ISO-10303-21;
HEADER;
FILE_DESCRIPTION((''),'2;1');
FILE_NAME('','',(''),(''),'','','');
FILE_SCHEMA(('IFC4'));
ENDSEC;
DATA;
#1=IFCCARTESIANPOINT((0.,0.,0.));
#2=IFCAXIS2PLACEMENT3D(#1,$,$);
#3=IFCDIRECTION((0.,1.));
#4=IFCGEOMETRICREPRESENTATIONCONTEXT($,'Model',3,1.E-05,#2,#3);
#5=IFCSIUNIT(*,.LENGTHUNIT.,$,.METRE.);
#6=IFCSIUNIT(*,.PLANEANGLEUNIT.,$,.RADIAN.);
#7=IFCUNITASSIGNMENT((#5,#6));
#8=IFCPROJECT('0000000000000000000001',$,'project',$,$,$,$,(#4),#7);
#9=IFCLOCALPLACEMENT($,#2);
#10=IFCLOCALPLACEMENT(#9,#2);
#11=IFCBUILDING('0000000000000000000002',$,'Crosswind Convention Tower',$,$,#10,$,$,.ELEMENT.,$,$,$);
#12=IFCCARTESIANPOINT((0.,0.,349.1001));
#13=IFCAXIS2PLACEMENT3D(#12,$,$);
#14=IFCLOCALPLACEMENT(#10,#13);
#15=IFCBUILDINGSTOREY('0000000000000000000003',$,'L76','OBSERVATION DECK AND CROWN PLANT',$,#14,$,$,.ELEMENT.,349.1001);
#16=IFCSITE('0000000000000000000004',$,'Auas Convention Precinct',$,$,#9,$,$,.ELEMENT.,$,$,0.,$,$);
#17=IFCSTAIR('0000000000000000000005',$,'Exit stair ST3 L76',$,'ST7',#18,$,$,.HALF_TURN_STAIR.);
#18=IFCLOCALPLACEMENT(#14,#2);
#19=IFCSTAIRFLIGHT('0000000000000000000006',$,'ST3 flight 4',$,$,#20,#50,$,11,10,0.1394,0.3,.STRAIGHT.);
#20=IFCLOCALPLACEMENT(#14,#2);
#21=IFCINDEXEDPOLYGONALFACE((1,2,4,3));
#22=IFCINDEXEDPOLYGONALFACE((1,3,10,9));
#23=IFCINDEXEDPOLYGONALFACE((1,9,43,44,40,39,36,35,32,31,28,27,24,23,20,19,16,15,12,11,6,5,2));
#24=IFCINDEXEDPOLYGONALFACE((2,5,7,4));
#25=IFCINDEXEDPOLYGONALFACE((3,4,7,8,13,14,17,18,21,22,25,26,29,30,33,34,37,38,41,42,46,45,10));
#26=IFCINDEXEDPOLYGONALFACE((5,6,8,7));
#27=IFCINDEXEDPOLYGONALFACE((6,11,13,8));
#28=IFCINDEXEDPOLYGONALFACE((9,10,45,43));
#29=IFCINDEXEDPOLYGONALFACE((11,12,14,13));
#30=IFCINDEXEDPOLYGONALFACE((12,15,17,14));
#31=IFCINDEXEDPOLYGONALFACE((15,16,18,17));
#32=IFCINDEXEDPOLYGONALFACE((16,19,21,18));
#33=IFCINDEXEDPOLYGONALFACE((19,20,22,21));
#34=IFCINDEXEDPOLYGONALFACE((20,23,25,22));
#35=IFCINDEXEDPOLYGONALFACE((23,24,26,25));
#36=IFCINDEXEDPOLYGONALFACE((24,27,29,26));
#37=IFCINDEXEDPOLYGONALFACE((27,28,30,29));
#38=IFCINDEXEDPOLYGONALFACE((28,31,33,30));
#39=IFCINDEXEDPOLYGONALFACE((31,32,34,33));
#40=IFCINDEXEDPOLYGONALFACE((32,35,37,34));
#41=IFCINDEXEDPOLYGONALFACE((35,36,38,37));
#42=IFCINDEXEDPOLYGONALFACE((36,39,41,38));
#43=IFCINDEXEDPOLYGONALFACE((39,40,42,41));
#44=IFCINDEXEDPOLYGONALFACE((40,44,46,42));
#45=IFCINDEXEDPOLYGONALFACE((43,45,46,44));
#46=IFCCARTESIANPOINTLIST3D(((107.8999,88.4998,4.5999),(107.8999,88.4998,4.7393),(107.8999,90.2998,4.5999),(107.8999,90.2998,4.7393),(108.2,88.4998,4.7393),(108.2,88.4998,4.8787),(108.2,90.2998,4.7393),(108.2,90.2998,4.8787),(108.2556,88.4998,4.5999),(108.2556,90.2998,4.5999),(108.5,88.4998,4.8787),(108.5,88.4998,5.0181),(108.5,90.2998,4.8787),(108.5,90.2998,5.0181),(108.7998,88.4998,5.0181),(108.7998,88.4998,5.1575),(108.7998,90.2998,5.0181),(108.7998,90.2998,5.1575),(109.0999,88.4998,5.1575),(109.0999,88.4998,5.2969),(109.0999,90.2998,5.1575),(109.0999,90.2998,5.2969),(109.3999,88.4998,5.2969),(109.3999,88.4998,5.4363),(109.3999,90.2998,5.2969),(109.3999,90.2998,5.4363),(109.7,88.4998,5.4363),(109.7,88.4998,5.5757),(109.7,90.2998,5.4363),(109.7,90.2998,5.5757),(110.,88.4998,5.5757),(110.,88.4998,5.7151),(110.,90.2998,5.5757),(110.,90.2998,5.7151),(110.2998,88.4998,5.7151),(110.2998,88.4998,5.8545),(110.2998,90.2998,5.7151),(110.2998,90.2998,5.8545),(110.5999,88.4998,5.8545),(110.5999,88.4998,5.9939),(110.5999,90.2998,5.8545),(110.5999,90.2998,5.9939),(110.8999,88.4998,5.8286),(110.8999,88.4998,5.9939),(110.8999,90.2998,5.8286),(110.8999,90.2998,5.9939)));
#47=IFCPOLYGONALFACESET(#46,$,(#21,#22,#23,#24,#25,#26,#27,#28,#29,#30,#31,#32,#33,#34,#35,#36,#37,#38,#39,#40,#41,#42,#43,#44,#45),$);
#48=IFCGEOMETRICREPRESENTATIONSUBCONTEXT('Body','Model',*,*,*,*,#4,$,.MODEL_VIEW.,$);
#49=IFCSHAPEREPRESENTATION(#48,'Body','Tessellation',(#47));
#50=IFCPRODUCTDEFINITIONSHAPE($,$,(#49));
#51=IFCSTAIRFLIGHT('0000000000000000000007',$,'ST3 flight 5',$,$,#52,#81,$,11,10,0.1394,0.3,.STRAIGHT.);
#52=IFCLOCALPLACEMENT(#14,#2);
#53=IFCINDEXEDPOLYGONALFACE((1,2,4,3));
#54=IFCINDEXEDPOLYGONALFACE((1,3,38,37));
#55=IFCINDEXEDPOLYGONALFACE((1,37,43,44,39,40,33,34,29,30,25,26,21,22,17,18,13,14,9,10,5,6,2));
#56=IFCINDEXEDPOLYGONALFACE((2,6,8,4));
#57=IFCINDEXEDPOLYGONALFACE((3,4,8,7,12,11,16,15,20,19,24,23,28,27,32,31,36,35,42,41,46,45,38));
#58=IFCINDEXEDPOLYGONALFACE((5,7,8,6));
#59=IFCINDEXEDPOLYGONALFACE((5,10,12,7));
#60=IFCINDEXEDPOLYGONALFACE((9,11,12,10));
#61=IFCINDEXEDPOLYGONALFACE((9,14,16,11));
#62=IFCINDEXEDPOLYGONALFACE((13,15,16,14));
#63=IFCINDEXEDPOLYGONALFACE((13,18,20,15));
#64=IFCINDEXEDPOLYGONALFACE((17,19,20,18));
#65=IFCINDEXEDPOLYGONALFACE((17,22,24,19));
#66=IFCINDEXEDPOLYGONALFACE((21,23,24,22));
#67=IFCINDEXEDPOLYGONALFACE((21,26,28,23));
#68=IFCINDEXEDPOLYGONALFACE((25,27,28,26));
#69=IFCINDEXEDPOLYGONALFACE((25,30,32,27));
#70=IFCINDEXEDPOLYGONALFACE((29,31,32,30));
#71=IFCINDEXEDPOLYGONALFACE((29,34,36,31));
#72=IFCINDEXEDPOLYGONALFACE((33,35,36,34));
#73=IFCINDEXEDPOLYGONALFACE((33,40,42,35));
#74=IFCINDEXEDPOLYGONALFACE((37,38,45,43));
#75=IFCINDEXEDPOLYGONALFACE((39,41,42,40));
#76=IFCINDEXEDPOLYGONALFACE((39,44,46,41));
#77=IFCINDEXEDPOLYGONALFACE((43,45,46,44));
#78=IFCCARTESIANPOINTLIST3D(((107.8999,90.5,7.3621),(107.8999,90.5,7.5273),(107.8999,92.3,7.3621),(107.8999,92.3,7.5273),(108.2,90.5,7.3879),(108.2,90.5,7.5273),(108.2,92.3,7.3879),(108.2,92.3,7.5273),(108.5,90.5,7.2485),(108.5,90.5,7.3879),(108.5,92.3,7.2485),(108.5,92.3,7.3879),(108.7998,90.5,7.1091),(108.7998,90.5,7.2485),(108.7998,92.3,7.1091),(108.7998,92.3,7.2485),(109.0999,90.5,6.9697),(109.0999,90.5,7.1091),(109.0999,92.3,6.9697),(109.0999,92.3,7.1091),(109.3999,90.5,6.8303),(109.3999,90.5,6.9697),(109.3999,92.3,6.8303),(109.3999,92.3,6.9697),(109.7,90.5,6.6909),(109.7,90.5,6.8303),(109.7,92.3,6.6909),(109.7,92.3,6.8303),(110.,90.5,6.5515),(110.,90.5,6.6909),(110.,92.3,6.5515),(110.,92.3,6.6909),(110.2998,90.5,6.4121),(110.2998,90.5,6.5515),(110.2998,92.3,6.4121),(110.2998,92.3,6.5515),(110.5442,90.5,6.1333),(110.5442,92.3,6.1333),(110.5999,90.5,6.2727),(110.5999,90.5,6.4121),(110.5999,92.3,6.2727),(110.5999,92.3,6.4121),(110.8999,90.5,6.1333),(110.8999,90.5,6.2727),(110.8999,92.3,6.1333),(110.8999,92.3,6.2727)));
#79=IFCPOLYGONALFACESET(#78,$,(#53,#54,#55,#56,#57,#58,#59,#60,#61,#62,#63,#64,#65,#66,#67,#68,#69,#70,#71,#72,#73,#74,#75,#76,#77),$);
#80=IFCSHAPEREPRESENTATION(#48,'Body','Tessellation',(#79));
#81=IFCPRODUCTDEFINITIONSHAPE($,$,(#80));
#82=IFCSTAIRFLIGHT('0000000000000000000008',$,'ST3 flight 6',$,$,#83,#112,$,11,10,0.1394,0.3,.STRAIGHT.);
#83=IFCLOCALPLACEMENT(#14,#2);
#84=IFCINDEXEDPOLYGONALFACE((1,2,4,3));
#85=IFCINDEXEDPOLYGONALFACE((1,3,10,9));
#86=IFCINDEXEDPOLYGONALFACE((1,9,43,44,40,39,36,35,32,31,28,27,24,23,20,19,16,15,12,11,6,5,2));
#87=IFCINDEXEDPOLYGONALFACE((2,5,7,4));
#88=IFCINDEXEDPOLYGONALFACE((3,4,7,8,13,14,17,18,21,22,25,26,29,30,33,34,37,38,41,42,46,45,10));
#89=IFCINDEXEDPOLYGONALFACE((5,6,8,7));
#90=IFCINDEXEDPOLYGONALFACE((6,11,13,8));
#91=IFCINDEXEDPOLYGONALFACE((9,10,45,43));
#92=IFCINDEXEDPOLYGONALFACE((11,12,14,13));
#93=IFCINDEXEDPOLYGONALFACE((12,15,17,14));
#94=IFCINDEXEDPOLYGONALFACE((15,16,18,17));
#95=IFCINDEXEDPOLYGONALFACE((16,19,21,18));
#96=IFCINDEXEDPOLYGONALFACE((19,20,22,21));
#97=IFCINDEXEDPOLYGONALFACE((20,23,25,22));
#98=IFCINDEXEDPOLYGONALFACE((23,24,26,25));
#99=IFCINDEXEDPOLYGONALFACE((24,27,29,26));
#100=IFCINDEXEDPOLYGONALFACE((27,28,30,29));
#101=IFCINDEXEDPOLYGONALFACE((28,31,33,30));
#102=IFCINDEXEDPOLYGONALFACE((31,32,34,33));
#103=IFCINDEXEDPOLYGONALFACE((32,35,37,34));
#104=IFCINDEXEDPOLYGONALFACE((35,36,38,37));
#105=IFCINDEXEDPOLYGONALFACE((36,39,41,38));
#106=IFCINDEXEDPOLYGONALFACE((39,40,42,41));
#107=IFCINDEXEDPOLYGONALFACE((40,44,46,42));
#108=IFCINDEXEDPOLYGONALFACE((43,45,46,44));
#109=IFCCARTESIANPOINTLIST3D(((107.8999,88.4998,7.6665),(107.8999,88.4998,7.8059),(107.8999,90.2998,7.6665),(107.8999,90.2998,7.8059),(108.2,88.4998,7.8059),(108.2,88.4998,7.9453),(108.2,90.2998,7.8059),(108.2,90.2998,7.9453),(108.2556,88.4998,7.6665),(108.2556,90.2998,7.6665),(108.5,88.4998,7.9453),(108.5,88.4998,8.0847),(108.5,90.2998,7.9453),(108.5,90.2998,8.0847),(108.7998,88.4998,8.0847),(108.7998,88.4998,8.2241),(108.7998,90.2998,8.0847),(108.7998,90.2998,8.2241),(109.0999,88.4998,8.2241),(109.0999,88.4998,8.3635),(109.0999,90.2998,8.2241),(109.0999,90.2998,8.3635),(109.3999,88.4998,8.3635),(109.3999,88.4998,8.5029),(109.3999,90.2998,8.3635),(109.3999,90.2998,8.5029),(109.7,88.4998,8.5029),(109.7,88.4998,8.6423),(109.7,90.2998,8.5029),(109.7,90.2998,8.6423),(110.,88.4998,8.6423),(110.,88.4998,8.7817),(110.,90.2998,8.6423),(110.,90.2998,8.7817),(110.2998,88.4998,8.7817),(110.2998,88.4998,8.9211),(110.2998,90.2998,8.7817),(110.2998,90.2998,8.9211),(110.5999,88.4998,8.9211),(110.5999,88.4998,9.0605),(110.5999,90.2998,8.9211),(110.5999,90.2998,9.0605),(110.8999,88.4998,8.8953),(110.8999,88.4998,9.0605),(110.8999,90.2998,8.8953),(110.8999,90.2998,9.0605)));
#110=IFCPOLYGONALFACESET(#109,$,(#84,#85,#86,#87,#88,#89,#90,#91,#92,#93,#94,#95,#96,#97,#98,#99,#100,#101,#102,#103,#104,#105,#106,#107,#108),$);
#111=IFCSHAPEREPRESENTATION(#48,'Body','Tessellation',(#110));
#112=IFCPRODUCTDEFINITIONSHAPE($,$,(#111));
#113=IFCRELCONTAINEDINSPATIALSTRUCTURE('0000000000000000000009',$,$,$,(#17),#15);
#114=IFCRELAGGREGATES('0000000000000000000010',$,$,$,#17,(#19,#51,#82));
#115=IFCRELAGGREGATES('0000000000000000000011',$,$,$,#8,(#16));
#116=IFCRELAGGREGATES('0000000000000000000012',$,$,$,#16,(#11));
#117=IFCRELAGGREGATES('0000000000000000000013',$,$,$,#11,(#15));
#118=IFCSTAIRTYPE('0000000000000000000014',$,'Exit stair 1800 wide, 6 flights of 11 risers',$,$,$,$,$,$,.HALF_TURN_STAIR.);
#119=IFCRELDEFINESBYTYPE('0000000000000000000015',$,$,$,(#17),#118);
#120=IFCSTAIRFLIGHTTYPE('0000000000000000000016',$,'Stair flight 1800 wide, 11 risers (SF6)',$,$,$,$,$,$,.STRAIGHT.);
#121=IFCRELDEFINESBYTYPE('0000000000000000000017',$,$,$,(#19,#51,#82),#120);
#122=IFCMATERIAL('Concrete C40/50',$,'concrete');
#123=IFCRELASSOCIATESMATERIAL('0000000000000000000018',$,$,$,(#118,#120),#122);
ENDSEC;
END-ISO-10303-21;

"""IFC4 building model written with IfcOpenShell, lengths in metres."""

from ifc_helpers import new_model, si_unit, direction, frame, origin, place, context, subcontext, project, spatial, polyline, outline, extrude, material, type_object, element, aggregate, save


model = new_model("IFC4")

# Units and contexts
model_context = context("Model", 3, precision=1e-05, world=origin(), true_north=direction((0.0, 1.0)))
body_context = subcontext(model_context, "Body", "Model", "MODEL_VIEW")
ifc_project = project(units=[si_unit("LENGTHUNIT", "METRE"), si_unit("PLANEANGLEUNIT", "RADIAN")], contexts=[model_context])

# Site, building, storey
site_placement = place(None, origin())
site = spatial("IfcSite", under=ifc_project, at=site_placement, Name="Auas Convention Precinct", CompositionType="ELEMENT", RefElevation=0.0)
building_placement = place(site_placement, origin())
building = spatial("IfcBuilding", under=site, at=building_placement, Name="Crosswind Convention Tower", CompositionType="ELEMENT")
storey_placement = place(building_placement, frame((0.0, 0.0, 349.1001)))
storey = spatial("IfcBuildingStorey", under=building, at=storey_placement, Name="L76", Description="OBSERVATION DECK AND CROWN PLANT", CompositionType="ELEMENT", Elevation=349.1001)

# Stair, stair flights
ifc_material_1 = material(Name="Concrete C40/50", Category="concrete")
stair_type = type_object("IfcStairType", Name="Exit stair 1800 wide, 6 flights of 11 risers", PredefinedType="HALF_TURN_STAIR", material=ifc_material_1)
stair_placement = place(storey_placement, origin())
stair = element("IfcStair", 1, at=stair_placement, inside=storey, type_object=stair_type, Name="Exit stair ST3 L76", ObjectType="ST7", PredefinedType="HALF_TURN_STAIR")
stair_flight_type = type_object("IfcStairFlightType", Name="Stair flight 1800 wide, 11 risers (SF6)", PredefinedType="STRAIGHT", material=ifc_material_1)
stair_flight_1_placement = place(storey_placement, frame((107.8999, 89.3999, 4.5999), z_axis=(0.0, 0.0, 1.0), x_axis=(1.0, 0.0, 0.0)))
stair_flight_1 = element("IfcStairFlight", 2, at=stair_flight_1_placement, type_object=stair_flight_type, Name="ST3 flight 4", NumberOfRisers=11, NumberOfTreads=10, PredefinedType="STRAIGHT", RiserHeight=0.1394, TreadLength=0.3, context=body_context, shape_type="SweptSolid", body=[
    extrude(outline(polyline([(0.0, 0.0), (0.0, 0.1394), (0.3, 0.1394), (0.3, 0.2788), (0.6001, 0.2788), (0.6001, 0.4182), (0.8999, 0.4182), (0.8999, 0.5576), (1.2, 0.5576), (1.2, 0.697), (1.5, 0.697), (1.5, 0.8364), (1.8, 0.8364), (1.8, 0.9758), (2.1001, 0.9758), (2.1001, 1.1152), (2.3999, 1.1152), (2.3999, 1.2546), (2.7, 1.2546), (2.7, 1.394), (3.0, 1.394), (3.0, 1.5334), (3.0, 1.2288), (0.3557, 0.0), (0.0, 0.0)])), frame((0.0, 0.8999, 0.0), z_axis=(0.0, -1.0, 0.0), x_axis=(1.0, 0.0, 0.0)), (0.0, 0.0, 1.0), 1.8),
])
stair_flight_2_placement = place(storey_placement, frame((110.8999, 91.3999, 6.1333), z_axis=(0.0, 0.0, 1.0), x_axis=(-1.0, 0.0, 0.0)))
stair_flight_2 = element("IfcStairFlight", 3, at=stair_flight_2_placement, type_object=stair_flight_type, Name="ST3 flight 5", NumberOfRisers=11, NumberOfTreads=10, PredefinedType="STRAIGHT", RiserHeight=0.1394, TreadLength=0.3, context=body_context, shape_type="SweptSolid", body=[
    extrude(outline(polyline([(0.0, 0.0), (0.0, 0.1394), (0.3, 0.1394), (0.3, 0.2788), (0.6001, 0.2788), (0.6001, 0.4182), (0.8999, 0.4182), (0.8999, 0.5576), (1.2, 0.5576), (1.2, 0.697), (1.5, 0.697), (1.5, 0.8364), (1.8, 0.8364), (1.8, 0.9758), (2.1001, 0.9758), (2.1001, 1.1152), (2.3999, 1.1152), (2.3999, 1.2546), (2.7, 1.2546), (2.7, 1.394), (3.0, 1.394), (3.0, 1.5334), (3.0, 1.2288), (0.3557, 0.0), (0.0, 0.0)])), frame((0.0, 0.8999, 0.0), z_axis=(0.0, -1.0, 0.0), x_axis=(1.0, 0.0, 0.0)), (0.0, 0.0, 1.0), 1.8),
])
stair_flight_3_placement = place(storey_placement, frame((107.8999, 89.3999, 7.6665), z_axis=(0.0, 0.0, 1.0), x_axis=(1.0, 0.0, 0.0)))
stair_flight_3 = element("IfcStairFlight", 4, at=stair_flight_3_placement, type_object=stair_flight_type, Name="ST3 flight 6", NumberOfRisers=11, NumberOfTreads=10, PredefinedType="STRAIGHT", RiserHeight=0.1394, TreadLength=0.3, context=body_context, shape_type="SweptSolid", body=[
    extrude(outline(polyline([(0.0, 0.0), (0.0, 0.1394), (0.3, 0.1394), (0.3, 0.2788), (0.6001, 0.2788), (0.6001, 0.4182), (0.8999, 0.4182), (0.8999, 0.5576), (1.2, 0.5576), (1.2, 0.697), (1.5, 0.697), (1.5, 0.8364), (1.8, 0.8364), (1.8, 0.9758), (2.1001, 0.9758), (2.1001, 1.1152), (2.3999, 1.1152), (2.3999, 1.2546), (2.7, 1.2546), (2.7, 1.394), (3.0, 1.394), (3.0, 1.5334), (3.0, 1.2288), (0.3557, 0.0), (0.0, 0.0)])), frame((0.0, 0.8999, 0.0), z_axis=(0.0, -1.0, 0.0), x_axis=(1.0, 0.0, 0.0)), (0.0, 0.0, 1.0), 1.8),
])
aggregate(stair, [stair_flight_1, stair_flight_2, stair_flight_3])

save(model, "model.ifc")
